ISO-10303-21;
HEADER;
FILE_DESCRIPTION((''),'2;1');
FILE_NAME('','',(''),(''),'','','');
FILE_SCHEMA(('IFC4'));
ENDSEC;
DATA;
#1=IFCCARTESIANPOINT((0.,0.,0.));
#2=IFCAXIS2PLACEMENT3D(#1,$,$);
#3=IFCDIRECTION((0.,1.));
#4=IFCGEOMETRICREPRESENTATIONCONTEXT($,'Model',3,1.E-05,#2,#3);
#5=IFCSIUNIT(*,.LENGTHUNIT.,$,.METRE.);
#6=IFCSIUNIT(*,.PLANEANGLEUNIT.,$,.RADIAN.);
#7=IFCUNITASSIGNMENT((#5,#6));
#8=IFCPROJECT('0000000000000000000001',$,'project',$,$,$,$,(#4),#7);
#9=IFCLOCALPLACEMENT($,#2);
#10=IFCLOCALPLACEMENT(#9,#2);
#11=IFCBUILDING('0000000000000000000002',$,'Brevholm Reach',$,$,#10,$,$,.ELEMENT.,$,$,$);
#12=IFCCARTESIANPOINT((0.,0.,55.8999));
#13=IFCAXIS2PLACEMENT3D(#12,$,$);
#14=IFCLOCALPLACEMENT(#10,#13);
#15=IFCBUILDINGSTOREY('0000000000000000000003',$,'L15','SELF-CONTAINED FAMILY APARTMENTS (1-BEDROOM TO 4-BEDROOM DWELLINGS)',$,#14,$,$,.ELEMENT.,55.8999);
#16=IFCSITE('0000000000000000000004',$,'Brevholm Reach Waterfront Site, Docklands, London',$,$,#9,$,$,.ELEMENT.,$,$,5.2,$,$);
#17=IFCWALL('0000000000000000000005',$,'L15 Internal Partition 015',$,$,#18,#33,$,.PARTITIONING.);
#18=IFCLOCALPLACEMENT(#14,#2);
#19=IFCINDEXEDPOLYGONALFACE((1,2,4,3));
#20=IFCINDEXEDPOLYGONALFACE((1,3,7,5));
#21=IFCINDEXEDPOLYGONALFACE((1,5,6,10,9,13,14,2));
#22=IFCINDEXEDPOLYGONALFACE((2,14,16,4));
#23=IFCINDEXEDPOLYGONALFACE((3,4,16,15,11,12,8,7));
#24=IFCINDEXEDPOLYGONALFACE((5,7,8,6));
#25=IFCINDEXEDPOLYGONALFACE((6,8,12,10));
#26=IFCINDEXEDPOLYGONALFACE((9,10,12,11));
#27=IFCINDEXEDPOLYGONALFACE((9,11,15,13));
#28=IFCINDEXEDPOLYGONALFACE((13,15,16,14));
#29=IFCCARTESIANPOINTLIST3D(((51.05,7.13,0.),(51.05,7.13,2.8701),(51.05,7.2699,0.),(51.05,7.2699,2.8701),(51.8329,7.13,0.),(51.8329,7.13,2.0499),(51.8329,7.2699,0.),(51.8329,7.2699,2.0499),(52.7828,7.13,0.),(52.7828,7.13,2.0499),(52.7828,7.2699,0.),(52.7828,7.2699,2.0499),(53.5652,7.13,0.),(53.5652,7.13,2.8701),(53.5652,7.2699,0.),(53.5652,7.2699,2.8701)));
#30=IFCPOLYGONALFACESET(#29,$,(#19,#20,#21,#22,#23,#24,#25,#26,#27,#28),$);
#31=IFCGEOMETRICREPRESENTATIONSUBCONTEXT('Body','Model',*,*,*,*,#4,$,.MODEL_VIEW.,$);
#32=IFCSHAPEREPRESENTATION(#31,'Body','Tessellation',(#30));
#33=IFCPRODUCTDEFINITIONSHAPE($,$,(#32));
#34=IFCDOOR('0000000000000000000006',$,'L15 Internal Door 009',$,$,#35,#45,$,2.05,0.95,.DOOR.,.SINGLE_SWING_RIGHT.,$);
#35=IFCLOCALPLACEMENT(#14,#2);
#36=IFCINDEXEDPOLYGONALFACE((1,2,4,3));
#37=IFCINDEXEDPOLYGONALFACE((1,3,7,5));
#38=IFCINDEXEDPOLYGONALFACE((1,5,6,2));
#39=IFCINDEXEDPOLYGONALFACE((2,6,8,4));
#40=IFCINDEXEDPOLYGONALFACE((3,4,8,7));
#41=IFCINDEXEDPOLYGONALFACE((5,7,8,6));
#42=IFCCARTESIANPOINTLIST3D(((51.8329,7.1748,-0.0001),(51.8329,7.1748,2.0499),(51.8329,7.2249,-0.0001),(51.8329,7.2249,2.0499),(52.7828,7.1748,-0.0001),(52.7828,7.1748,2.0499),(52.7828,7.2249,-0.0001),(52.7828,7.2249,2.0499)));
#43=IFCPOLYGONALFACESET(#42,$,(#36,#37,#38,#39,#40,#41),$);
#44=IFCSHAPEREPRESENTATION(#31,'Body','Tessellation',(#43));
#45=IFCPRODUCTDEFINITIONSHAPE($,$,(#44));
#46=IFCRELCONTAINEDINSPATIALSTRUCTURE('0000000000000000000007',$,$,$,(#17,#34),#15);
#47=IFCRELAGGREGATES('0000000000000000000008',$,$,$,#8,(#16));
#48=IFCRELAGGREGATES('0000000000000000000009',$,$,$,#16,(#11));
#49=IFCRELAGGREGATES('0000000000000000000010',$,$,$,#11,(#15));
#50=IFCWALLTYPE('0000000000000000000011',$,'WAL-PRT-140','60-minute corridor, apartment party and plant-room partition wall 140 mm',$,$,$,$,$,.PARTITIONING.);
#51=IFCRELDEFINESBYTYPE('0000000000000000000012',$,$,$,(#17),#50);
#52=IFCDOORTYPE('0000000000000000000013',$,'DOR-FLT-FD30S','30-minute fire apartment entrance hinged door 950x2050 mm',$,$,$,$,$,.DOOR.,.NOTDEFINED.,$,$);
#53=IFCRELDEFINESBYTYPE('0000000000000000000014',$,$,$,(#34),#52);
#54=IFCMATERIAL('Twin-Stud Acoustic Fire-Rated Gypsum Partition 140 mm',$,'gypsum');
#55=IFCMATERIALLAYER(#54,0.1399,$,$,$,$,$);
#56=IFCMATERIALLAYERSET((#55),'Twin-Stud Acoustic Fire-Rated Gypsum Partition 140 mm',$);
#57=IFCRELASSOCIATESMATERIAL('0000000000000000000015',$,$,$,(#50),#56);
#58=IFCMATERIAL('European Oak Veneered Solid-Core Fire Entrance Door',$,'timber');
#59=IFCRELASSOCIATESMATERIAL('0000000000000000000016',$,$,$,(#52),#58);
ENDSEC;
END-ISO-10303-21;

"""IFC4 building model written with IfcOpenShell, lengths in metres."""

from ifc_helpers import new_model, si_unit, direction, frame, frame_2d, origin, place, context, subcontext, project, spatial, rectangle, extrude, material, layer, layer_set, type_object, element, fill, save


model = new_model("IFC4")

# Units and contexts
model_context = context("Model", 3, precision=1e-05, world=origin(), true_north=direction((0.0, 1.0)))
body_context = subcontext(model_context, "Body", "Model", "MODEL_VIEW")
ifc_project = project(units=[si_unit("LENGTHUNIT", "METRE"), si_unit("PLANEANGLEUNIT", "RADIAN")], contexts=[model_context])

# Site, building, storey
site_placement = place(None, origin())
site = spatial("IfcSite", under=ifc_project, at=site_placement, Name="Brevholm Reach Waterfront Site, Docklands, London", CompositionType="ELEMENT", RefElevation=5.2)
building_placement = place(site_placement, origin())
building = spatial("IfcBuilding", under=site, at=building_placement, Name="Brevholm Reach", CompositionType="ELEMENT")
storey_placement = place(building_placement, frame((0.0, 0.0, 55.8999)))
storey = spatial("IfcBuildingStorey", under=building, at=storey_placement, Name="L15", Description="SELF-CONTAINED FAMILY APARTMENTS (1-BEDROOM TO 4-BEDROOM DWELLINGS)", CompositionType="ELEMENT", Elevation=55.8999)

# Shared definitions
ifc_material_1 = material(Name="Twin-Stud Acoustic Fire-Rated Gypsum Partition 140 mm", Category="gypsum")
ifc_layer_1 = layer(ifc_material_1, 0.1399)
ifc_layer_set_1 = layer_set([ifc_layer_1], Name="Twin-Stud Acoustic Fire-Rated Gypsum Partition 140 mm")
wall_type_1 = type_object("IfcWallType", Name="WAL-PRT-140", Description="60-minute corridor, apartment party and plant-room partition wall 140 mm", PredefinedType="PARTITIONING", material=ifc_layer_set_1)

# Wall, opening, door
wall_1_placement = place(storey_placement, frame((51.05, 7.2, 0.0), z_axis=(0.0, 0.0, 1.0), x_axis=(1.0, 0.0, 0.0)))
wall_1 = element("IfcWall", 1, at=wall_1_placement, inside=storey, type_object=wall_type_1, Name="L15 Internal Partition 015", PredefinedType="PARTITIONING", context=body_context, shape_type="SweptSolid", body=[
    extrude(rectangle(XDim=2.5151, YDim=0.1399, at=frame_2d((1.2576, 0.0))), origin(), (0.0, 0.0, 1.0), 2.8701),
])
opening_1_placement = place(wall_1_placement, frame((0.7827, 0.0, 0.0)))
opening_1 = element("IfcOpeningElement", 2, at=opening_1_placement, cuts=wall_1, PredefinedType="OPENING", context=body_context, shape_type="SweptSolid", body=[
    extrude(rectangle(XDim=0.95, YDim=2.05, at=frame_2d((0.4751, 1.0249))), frame((0.0, 0.0798, 0.0), z_axis=(0.0, -1.0, 0.0), x_axis=(1.0, 0.0, 0.0)), (0.0, 0.0, 1.0), 0.1599),
])
ifc_material_2 = material(Name="European Oak Veneered Solid-Core Fire Entrance Door", Category="timber")
door_type_1 = type_object("IfcDoorType", Name="DOR-FLT-FD30S", Description="30-minute fire apartment entrance hinged door 950x2050 mm", OperationType="NOTDEFINED", PredefinedType="DOOR", material=ifc_material_2)
door_1_placement = place(opening_1_placement, origin())
door_1 = element("IfcDoor", 3, at=door_1_placement, inside=storey, type_object=door_type_1, Name="L15 Internal Door 009", OperationType="SINGLE_SWING_RIGHT", OverallHeight=2.05, OverallWidth=0.95, PredefinedType="DOOR", context=body_context, shape_type="SweptSolid", body=[
    extrude(rectangle(XDim=0.95, YDim=2.05, at=frame_2d((0.4751, 1.0249))), frame((0.0, 0.0249, 0.0), z_axis=(0.0, -1.0, 0.0), x_axis=(1.0, 0.0, 0.0)), (0.0, 0.0, 1.0), 0.05),
])
fill(opening_1, door_1)

save(model, "model.ifc")
